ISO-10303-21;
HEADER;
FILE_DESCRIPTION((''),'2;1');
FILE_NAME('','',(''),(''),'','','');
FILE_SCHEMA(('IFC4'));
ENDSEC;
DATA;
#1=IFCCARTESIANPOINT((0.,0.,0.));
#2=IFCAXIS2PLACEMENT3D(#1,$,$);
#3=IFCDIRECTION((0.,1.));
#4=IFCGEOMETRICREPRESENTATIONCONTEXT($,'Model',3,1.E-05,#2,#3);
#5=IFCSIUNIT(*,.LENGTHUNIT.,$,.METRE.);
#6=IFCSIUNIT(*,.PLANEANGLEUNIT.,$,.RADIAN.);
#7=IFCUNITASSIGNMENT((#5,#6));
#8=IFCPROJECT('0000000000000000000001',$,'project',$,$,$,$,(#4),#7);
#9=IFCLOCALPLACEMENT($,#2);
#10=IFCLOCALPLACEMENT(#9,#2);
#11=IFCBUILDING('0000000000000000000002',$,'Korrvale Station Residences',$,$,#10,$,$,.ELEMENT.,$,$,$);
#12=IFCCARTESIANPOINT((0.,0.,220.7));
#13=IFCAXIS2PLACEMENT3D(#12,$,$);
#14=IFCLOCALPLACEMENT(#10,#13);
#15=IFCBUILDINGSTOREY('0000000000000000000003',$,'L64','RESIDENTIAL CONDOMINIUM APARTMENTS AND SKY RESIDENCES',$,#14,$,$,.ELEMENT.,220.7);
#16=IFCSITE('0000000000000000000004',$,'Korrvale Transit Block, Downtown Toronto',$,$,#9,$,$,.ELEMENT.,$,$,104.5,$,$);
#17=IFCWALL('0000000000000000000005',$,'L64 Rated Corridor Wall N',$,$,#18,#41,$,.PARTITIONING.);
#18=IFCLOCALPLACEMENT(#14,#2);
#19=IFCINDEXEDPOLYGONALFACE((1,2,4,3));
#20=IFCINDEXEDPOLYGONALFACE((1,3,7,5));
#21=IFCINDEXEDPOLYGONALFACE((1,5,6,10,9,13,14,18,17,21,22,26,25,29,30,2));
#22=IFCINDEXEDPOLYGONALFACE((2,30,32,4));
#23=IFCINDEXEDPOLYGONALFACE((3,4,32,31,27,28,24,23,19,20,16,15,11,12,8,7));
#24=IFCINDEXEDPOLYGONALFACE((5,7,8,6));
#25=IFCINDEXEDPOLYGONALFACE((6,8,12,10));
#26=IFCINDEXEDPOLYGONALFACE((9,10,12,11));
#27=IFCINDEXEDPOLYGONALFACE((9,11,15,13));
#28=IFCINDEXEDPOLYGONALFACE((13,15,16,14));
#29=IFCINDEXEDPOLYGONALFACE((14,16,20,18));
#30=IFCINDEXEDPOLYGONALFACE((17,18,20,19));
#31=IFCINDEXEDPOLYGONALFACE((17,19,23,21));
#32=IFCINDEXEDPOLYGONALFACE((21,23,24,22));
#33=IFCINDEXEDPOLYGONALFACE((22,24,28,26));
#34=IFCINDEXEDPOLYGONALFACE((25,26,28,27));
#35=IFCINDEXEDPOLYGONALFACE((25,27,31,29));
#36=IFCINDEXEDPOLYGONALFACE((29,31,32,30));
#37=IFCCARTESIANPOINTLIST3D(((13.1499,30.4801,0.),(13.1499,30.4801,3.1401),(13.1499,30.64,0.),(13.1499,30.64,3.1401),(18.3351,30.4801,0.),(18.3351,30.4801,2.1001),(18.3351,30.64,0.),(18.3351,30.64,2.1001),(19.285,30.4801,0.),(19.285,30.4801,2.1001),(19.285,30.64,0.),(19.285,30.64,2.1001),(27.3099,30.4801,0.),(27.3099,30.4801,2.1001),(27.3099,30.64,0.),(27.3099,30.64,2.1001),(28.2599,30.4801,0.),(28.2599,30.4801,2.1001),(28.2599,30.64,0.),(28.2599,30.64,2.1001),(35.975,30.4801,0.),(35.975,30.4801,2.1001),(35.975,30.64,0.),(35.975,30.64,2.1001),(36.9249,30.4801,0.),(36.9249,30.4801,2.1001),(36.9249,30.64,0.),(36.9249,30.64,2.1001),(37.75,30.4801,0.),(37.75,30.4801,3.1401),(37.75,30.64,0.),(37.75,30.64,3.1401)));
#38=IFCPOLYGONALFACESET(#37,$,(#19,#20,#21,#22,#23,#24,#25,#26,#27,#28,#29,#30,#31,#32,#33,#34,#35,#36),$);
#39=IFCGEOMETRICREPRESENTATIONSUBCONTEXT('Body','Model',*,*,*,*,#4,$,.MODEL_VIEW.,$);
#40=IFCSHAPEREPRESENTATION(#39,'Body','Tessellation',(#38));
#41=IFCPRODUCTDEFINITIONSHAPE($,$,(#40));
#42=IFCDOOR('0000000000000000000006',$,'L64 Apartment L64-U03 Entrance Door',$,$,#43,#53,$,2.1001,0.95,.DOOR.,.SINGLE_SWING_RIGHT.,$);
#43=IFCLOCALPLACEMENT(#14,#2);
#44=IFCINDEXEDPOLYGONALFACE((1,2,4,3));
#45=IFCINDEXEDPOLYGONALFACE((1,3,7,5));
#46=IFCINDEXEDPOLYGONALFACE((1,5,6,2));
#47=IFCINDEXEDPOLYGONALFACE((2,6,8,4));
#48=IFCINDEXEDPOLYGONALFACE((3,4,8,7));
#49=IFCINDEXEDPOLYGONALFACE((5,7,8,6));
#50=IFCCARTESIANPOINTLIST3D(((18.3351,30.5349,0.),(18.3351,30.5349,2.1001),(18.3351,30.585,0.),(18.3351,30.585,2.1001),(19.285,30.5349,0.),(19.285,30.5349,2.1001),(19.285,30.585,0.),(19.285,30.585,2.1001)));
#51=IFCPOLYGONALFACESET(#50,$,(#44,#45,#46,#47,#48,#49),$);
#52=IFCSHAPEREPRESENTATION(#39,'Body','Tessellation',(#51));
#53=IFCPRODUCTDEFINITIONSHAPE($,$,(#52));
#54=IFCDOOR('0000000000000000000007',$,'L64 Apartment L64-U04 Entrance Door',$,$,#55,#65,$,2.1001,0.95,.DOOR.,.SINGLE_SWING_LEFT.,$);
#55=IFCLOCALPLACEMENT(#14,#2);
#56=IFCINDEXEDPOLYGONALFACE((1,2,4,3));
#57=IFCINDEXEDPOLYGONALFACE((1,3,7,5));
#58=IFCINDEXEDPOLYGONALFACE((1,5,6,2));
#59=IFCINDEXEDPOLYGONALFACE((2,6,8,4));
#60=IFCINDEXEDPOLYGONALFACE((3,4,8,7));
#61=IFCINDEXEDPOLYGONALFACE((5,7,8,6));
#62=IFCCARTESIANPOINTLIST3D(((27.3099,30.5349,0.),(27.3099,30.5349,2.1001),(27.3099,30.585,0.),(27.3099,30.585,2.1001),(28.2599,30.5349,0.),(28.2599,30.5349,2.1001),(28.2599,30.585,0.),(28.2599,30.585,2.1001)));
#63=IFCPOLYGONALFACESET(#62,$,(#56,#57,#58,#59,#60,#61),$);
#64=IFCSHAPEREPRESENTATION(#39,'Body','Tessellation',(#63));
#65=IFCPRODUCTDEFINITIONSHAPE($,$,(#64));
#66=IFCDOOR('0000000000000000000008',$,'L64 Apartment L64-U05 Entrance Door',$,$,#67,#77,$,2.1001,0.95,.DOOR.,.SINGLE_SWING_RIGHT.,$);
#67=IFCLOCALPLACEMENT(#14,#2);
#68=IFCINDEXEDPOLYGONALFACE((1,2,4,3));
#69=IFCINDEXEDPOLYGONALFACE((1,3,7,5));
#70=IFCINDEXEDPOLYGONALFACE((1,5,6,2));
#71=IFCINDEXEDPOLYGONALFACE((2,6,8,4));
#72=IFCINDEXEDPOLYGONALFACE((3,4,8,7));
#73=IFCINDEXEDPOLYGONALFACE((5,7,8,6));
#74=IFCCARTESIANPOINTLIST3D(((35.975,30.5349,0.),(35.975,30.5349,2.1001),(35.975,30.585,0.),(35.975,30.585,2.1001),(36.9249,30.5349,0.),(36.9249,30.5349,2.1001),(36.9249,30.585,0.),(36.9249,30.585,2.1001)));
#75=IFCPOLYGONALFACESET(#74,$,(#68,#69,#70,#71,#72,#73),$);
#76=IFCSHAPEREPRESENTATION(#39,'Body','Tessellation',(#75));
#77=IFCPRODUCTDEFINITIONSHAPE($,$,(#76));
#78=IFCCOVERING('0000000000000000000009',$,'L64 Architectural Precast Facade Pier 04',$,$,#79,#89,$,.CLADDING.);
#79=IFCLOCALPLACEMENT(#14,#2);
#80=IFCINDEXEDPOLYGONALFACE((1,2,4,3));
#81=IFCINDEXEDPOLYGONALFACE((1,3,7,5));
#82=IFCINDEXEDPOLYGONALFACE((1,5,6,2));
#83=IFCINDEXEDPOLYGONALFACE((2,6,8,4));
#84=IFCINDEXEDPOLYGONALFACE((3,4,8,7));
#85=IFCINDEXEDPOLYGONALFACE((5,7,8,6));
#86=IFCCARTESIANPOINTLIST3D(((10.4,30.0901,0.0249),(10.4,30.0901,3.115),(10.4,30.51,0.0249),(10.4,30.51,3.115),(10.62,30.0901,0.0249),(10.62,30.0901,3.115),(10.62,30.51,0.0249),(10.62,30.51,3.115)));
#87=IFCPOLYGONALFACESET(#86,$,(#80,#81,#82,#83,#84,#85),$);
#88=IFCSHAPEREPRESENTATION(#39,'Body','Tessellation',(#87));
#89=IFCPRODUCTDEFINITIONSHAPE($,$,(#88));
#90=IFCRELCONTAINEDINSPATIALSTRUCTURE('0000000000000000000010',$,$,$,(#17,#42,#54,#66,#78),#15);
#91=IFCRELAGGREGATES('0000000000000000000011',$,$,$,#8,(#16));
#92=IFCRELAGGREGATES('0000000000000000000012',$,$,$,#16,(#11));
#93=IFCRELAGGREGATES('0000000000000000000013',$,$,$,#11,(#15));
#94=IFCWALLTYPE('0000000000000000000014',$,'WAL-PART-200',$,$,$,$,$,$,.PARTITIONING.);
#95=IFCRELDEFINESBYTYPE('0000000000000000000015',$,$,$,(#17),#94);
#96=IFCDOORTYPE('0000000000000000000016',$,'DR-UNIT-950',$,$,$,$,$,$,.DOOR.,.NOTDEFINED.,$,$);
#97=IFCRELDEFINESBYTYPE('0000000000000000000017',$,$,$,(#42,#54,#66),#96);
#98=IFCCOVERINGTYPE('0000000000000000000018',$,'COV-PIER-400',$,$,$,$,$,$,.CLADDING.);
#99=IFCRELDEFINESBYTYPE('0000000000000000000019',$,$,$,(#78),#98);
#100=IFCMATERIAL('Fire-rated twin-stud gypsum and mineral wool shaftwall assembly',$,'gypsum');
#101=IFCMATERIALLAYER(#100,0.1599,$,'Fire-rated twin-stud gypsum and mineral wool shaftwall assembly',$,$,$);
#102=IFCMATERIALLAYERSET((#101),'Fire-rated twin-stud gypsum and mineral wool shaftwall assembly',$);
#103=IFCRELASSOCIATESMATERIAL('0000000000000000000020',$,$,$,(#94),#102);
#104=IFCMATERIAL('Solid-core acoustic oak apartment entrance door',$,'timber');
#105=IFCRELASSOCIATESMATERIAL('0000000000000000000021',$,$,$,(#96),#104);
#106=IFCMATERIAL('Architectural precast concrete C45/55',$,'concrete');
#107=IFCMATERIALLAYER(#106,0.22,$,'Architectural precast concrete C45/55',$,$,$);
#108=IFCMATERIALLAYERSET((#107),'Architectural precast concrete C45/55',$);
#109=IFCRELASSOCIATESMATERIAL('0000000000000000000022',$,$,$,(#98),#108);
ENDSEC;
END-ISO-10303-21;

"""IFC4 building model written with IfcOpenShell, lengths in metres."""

from ifc_helpers import new_model, si_unit, direction, frame, frame_2d, origin, origin_2d, place, context, subcontext, project, spatial, rectangle, extrude, material, layer, layer_set, type_object, element, fill, save


model = new_model("IFC4")

# Units and contexts
model_context = context("Model", 3, precision=1e-05, world=origin(), true_north=direction((0.0, 1.0)))
body_context = subcontext(model_context, "Body", "Model", "MODEL_VIEW")
ifc_project = project(units=[si_unit("LENGTHUNIT", "METRE"), si_unit("PLANEANGLEUNIT", "RADIAN")], contexts=[model_context])

# Site, building, storey
site_placement = place(None, origin())
site = spatial("IfcSite", under=ifc_project, at=site_placement, Name="Korrvale Transit Block, Downtown Toronto", CompositionType="ELEMENT", RefElevation=104.5)
building_placement = place(site_placement, origin())
building = spatial("IfcBuilding", under=site, at=building_placement, Name="Korrvale Station Residences", CompositionType="ELEMENT")
storey_placement = place(building_placement, frame((0.0, 0.0, 220.7)))
storey = spatial("IfcBuildingStorey", under=building, at=storey_placement, Name="L64", Description="RESIDENTIAL CONDOMINIUM APARTMENTS AND SKY RESIDENCES", CompositionType="ELEMENT", Elevation=220.7)

# Shared definitions
ifc_material_1 = material(Name="Fire-rated twin-stud gypsum and mineral wool shaftwall assembly", Category="gypsum")
ifc_layer_1 = layer(ifc_material_1, 0.1599, Name="Fire-rated twin-stud gypsum and mineral wool shaftwall assembly")
ifc_layer_set_1 = layer_set([ifc_layer_1], Name="Fire-rated twin-stud gypsum and mineral wool shaftwall assembly")
wall_type_1 = type_object("IfcWallType", Name="WAL-PART-200", PredefinedType="PARTITIONING", material=ifc_layer_set_1)

# Wall, openings, doors
wall_1_placement = place(storey_placement, frame((13.1499, 30.5601, 0.0), z_axis=(0.0, 0.0, 1.0), x_axis=(1.0, 0.0, 0.0)))
wall_1 = element("IfcWall", 1, at=wall_1_placement, inside=storey, type_object=wall_type_1, Name="L64 Rated Corridor Wall N", PredefinedType="PARTITIONING", context=body_context, shape_type="SweptSolid", body=[
    extrude(rectangle(XDim=24.6001, YDim=0.1599, at=frame_2d((12.3, 0.0))), origin(), (0.0, 0.0, 1.0), 3.1401),
])
opening_1_placement = place(wall_1_placement, frame((5.1851, 0.0, 0.0)))
opening_1 = element("IfcOpeningElement", 2, at=opening_1_placement, cuts=wall_1, PredefinedType="OPENING", context=body_context, shape_type="SweptSolid", body=[
    extrude(rectangle(XDim=0.95, YDim=2.1001, at=frame_2d((0.4751, 1.05))), frame((0.0, 0.0898, 0.0), z_axis=(0.0, -1.0, 0.0), x_axis=(1.0, 0.0, 0.0)), (0.0, 0.0, 1.0), 0.1799),
])
opening_2_placement = place(wall_1_placement, frame((14.1599, 0.0, 0.0)))
opening_2 = element("IfcOpeningElement", 3, at=opening_2_placement, cuts=wall_1, PredefinedType="OPENING", context=body_context, shape_type="SweptSolid", body=[
    extrude(rectangle(XDim=0.95, YDim=2.1001, at=frame_2d((0.4751, 1.05))), frame((0.0, 0.0898, 0.0), z_axis=(0.0, -1.0, 0.0), x_axis=(1.0, 0.0, 0.0)), (0.0, 0.0, 1.0), 0.1799),
])
opening_3_placement = place(wall_1_placement, frame((22.825, 0.0, 0.0)))
opening_3 = element("IfcOpeningElement", 4, at=opening_3_placement, cuts=wall_1, PredefinedType="OPENING", context=body_context, shape_type="SweptSolid", body=[
    extrude(rectangle(XDim=0.95, YDim=2.1001, at=frame_2d((0.4751, 1.05))), frame((0.0, 0.0898, 0.0), z_axis=(0.0, -1.0, 0.0), x_axis=(1.0, 0.0, 0.0)), (0.0, 0.0, 1.0), 0.1799),
])
ifc_material_2 = material(Name="Solid-core acoustic oak apartment entrance door", Category="timber")
door_type = type_object("IfcDoorType", Name="DR-UNIT-950", OperationType="NOTDEFINED", PredefinedType="DOOR", material=ifc_material_2)
door_1_placement = place(opening_1_placement, origin())
door_1 = element("IfcDoor", 5, at=door_1_placement, inside=storey, type_object=door_type, Name="L64 Apartment L64-U03 Entrance Door", OperationType="SINGLE_SWING_RIGHT", OverallHeight=2.1001, OverallWidth=0.95, PredefinedType="DOOR", context=body_context, shape_type="SweptSolid", body=[
    extrude(rectangle(XDim=0.95, YDim=2.1001, at=frame_2d((0.4751, 1.05))), frame((0.0, 0.0249, 0.0), z_axis=(0.0, -1.0, 0.0), x_axis=(1.0, 0.0, 0.0)), (0.0, 0.0, 1.0), 0.05),
])
fill(opening_1, door_1)
door_2_placement = place(opening_2_placement, origin())
door_2 = element("IfcDoor", 6, at=door_2_placement, inside=storey, type_object=door_type, Name="L64 Apartment L64-U04 Entrance Door", OperationType="SINGLE_SWING_LEFT", OverallHeight=2.1001, OverallWidth=0.95, PredefinedType="DOOR", context=body_context, shape_type="SweptSolid", body=[
    extrude(rectangle(XDim=0.95, YDim=2.1001, at=frame_2d((0.4751, 1.05))), frame((0.0, 0.0249, 0.0), z_axis=(0.0, -1.0, 0.0), x_axis=(1.0, 0.0, 0.0)), (0.0, 0.0, 1.0), 0.05),
])
fill(opening_2, door_2)
door_3_placement = place(opening_3_placement, origin())
door_3 = element("IfcDoor", 7, at=door_3_placement, inside=storey, type_object=door_type, Name="L64 Apartment L64-U05 Entrance Door", OperationType="SINGLE_SWING_RIGHT", OverallHeight=2.1001, OverallWidth=0.95, PredefinedType="DOOR", context=body_context, shape_type="SweptSolid", body=[
    extrude(rectangle(XDim=0.95, YDim=2.1001, at=frame_2d((0.4751, 1.05))), frame((0.0, 0.0249, 0.0), z_axis=(0.0, -1.0, 0.0), x_axis=(1.0, 0.0, 0.0)), (0.0, 0.0, 1.0), 0.05),
])
fill(opening_3, door_3)

# Covering
ifc_material_3 = material(Name="Architectural precast concrete C45/55", Category="concrete")
ifc_layer_2 = layer(ifc_material_3, 0.22, Name="Architectural precast concrete C45/55")
ifc_layer_set_2 = layer_set([ifc_layer_2], Name="Architectural precast concrete C45/55")
covering_type = type_object("IfcCoveringType", Name="COV-PIER-400", PredefinedType="CLADDING", material=ifc_layer_set_2)
covering_placement = place(storey_placement, frame((10.51, 30.3, 0.0249), z_axis=(0.0, 0.0, 1.0), x_axis=(0.0, 1.0, 0.0)))
element("IfcCovering", 8, at=covering_placement, inside=storey, type_object=covering_type, Name="L64 Architectural Precast Facade Pier 04", PredefinedType="CLADDING", context=body_context, shape_type="SweptSolid", body=[
    extrude(rectangle(XDim=0.4199, YDim=0.22, at=origin_2d()), origin(), (0.0, 0.0, 1.0), 3.0901),
])

save(model, "model.ifc")
